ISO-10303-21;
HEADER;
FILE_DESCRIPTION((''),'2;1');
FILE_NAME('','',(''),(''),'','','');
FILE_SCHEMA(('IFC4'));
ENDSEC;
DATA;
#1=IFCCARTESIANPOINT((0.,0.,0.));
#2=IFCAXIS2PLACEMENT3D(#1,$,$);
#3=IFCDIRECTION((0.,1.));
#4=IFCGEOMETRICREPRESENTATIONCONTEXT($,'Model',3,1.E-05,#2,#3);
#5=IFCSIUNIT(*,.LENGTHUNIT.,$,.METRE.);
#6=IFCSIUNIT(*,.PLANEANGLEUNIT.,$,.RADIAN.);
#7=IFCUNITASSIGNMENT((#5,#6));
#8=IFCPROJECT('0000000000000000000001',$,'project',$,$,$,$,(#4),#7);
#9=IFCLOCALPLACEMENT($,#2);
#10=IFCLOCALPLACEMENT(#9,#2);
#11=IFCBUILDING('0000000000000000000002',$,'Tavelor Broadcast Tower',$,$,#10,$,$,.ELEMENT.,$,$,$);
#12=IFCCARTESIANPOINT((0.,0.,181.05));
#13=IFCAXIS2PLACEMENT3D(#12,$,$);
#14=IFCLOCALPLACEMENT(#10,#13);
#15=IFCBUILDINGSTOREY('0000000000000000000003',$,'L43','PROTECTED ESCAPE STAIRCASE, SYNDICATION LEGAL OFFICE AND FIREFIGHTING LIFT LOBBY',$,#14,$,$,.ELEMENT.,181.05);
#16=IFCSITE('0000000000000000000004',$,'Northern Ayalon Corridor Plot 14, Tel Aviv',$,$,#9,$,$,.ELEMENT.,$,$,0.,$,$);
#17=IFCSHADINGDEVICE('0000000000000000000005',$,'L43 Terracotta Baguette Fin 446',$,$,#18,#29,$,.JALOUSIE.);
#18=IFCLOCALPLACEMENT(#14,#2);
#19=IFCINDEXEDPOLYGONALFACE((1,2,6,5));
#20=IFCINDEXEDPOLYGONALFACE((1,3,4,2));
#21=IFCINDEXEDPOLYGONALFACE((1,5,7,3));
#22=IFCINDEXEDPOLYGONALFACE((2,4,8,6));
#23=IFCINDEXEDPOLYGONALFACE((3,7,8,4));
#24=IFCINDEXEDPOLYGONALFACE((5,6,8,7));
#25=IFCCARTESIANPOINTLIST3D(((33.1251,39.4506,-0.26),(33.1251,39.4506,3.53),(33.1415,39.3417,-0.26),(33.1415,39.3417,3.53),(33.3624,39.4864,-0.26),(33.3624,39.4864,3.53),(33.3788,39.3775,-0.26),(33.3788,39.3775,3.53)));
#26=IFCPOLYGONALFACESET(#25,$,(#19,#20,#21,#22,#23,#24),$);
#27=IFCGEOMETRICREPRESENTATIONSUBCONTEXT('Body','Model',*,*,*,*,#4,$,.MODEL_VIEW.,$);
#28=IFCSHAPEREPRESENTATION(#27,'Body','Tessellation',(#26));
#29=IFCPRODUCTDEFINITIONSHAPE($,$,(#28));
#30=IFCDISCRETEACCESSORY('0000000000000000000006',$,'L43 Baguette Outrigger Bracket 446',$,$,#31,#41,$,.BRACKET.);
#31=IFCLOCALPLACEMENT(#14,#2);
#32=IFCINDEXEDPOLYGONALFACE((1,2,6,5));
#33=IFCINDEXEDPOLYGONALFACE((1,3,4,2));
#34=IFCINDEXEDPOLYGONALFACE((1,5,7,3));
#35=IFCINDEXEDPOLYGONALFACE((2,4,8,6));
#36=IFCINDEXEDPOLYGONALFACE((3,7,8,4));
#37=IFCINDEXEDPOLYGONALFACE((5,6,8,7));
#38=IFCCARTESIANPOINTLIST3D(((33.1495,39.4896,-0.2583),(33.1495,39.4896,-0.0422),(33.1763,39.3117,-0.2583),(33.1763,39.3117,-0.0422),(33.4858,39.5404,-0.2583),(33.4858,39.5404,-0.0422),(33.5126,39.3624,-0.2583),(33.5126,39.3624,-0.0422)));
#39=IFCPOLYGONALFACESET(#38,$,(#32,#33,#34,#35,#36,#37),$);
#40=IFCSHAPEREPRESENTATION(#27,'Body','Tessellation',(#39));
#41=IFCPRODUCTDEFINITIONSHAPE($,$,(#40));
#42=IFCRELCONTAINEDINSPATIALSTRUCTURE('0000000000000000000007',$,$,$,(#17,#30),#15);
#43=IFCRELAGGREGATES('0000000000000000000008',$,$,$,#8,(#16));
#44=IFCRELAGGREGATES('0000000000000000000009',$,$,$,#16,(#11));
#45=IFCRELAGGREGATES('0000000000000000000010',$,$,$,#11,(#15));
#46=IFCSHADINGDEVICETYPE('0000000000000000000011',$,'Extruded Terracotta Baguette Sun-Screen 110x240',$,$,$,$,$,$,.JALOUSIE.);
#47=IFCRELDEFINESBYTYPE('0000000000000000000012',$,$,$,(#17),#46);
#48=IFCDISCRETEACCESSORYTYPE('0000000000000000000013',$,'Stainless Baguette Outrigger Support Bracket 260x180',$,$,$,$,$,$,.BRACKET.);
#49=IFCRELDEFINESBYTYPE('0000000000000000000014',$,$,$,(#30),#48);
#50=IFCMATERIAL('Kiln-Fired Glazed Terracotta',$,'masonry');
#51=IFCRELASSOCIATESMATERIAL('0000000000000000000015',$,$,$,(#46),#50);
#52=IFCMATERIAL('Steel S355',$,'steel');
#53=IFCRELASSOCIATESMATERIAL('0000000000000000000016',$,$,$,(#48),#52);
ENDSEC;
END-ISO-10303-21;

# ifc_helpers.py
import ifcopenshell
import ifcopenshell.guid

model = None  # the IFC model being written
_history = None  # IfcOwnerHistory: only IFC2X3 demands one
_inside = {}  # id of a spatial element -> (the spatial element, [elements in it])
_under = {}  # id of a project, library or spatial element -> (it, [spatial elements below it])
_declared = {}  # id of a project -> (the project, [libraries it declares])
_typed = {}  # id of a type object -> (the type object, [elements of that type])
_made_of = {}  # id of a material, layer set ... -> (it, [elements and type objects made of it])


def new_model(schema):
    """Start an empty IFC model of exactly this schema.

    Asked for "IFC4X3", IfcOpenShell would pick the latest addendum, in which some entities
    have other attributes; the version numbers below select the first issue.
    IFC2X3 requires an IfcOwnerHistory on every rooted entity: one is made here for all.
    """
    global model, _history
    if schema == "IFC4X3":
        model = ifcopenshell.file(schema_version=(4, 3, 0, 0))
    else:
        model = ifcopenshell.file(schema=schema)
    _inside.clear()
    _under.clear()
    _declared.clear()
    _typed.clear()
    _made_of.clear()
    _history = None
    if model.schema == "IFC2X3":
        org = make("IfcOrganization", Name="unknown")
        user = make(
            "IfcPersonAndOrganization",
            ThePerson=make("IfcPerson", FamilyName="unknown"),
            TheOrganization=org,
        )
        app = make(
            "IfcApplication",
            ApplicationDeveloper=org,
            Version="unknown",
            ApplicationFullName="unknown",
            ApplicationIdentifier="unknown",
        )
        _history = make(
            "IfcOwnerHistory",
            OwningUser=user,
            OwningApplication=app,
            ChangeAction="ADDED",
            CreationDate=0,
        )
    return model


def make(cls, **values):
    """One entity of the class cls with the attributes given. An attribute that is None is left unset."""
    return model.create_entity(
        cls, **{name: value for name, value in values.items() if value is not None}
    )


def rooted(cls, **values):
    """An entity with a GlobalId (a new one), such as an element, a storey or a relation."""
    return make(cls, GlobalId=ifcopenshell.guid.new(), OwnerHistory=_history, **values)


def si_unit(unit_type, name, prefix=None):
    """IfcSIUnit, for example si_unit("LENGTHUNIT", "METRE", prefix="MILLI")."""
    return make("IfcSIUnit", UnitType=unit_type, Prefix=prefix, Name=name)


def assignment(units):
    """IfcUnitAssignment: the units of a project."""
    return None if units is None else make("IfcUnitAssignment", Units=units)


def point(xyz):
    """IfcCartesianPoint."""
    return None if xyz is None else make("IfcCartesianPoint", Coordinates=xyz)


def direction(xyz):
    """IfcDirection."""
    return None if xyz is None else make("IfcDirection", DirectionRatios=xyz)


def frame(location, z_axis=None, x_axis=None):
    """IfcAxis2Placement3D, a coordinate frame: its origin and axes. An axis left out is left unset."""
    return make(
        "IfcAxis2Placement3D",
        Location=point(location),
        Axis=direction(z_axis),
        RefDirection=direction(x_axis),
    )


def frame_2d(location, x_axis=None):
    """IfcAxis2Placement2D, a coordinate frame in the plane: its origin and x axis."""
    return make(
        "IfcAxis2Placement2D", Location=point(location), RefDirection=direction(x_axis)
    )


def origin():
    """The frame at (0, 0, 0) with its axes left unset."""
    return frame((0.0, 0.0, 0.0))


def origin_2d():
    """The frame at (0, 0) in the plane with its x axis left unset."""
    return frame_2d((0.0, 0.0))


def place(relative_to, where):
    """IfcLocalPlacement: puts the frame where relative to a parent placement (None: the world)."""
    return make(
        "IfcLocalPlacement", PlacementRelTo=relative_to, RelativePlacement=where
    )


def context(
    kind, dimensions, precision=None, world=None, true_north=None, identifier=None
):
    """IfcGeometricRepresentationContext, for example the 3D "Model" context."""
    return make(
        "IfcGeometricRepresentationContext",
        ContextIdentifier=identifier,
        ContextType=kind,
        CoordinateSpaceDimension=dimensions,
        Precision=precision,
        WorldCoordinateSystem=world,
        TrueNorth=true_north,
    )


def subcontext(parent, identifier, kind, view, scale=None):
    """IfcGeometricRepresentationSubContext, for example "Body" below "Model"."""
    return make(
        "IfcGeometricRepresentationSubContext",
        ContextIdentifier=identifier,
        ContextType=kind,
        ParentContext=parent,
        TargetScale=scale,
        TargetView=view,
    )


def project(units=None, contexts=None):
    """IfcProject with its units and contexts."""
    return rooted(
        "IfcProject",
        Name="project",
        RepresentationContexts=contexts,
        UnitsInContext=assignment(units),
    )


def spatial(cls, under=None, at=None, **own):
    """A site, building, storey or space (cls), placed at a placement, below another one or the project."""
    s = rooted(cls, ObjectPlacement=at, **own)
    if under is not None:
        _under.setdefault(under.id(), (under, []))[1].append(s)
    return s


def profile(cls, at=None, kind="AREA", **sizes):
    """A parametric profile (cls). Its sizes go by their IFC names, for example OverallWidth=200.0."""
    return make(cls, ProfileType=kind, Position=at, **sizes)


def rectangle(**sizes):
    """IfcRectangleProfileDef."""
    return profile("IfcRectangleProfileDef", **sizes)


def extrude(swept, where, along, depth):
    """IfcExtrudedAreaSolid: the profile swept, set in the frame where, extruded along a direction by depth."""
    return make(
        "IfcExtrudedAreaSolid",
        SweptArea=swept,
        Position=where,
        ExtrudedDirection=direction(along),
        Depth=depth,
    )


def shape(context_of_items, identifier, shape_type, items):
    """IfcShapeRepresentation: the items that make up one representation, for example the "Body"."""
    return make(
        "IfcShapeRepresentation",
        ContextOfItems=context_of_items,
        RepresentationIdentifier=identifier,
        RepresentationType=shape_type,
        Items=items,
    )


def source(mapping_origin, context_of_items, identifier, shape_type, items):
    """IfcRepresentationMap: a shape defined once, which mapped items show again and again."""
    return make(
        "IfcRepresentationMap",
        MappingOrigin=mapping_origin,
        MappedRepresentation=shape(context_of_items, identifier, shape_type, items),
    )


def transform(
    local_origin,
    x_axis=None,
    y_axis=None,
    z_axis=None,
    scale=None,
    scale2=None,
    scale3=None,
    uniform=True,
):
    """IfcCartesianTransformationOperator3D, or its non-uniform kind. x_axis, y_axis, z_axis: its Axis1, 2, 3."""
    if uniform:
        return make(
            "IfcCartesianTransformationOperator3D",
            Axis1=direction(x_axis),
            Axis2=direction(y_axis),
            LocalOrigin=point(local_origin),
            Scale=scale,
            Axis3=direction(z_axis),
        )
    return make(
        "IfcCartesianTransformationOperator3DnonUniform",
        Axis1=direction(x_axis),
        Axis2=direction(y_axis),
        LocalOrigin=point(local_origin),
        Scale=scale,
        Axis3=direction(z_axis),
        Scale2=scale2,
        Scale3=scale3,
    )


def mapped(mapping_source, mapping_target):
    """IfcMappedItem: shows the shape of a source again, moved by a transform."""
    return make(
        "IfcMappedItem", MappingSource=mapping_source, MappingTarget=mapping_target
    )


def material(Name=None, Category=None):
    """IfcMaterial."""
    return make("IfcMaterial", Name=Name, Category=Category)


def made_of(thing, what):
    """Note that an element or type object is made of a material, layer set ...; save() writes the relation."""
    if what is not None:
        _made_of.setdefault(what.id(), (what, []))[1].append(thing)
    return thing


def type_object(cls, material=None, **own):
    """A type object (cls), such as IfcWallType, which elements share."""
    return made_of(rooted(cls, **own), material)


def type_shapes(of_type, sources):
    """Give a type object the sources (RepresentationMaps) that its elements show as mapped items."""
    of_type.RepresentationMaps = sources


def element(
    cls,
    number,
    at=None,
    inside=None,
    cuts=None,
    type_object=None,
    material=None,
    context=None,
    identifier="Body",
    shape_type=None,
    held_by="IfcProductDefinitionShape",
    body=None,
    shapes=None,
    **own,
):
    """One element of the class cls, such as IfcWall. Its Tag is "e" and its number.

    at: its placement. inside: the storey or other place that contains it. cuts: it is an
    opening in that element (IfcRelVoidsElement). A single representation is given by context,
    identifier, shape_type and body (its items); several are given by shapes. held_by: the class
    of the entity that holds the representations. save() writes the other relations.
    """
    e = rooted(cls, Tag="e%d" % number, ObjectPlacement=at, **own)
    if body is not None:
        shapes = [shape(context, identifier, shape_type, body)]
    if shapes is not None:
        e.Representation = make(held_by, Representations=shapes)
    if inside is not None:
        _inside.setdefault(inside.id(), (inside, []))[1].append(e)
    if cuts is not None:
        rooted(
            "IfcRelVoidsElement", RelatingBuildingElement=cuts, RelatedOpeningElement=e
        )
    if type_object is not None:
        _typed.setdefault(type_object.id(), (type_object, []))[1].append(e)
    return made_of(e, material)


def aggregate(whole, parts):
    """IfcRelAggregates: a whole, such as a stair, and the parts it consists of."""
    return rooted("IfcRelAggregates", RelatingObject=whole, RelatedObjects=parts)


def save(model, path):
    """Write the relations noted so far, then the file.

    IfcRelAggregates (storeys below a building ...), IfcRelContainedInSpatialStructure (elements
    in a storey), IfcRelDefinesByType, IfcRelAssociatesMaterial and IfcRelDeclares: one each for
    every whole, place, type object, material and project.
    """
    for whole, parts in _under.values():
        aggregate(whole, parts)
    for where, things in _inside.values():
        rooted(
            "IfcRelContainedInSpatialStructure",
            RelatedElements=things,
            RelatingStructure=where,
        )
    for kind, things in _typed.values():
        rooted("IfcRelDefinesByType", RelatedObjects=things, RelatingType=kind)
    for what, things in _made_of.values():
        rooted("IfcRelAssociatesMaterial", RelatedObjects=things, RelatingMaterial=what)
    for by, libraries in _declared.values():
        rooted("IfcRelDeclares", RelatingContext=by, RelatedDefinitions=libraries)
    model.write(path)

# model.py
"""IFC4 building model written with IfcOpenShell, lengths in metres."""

from ifc_helpers import new_model, si_unit, direction, frame, origin, origin_2d, place, context, subcontext, project, spatial, rectangle, extrude, source, transform, mapped, material, type_object, type_shapes, element, save


model = new_model("IFC4")

# Units and contexts
model_context = context("Model", 3, precision=1e-05, world=origin(), true_north=direction((0.0, 1.0)))
body_context = subcontext(model_context, "Body", "Model", "MODEL_VIEW")
ifc_project = project(units=[si_unit("LENGTHUNIT", "METRE"), si_unit("PLANEANGLEUNIT", "RADIAN")], contexts=[model_context])

# Site, building, storey
site_placement = place(None, origin())
site = spatial("IfcSite", under=ifc_project, at=site_placement, Name="Northern Ayalon Corridor Plot 14, Tel Aviv", CompositionType="ELEMENT", RefElevation=0.0)
building_placement = place(site_placement, origin())
building = spatial("IfcBuilding", under=site, at=building_placement, Name="Tavelor Broadcast Tower", CompositionType="ELEMENT")
storey_placement = place(building_placement, frame((0.0, 0.0, 181.05)))
storey = spatial("IfcBuildingStorey", under=building, at=storey_placement, Name="L43", Description="PROTECTED ESCAPE STAIRCASE, SYNDICATION LEGAL OFFICE AND FIREFIGHTING LIFT LOBBY", CompositionType="ELEMENT", Elevation=181.05)

# Shared definitions
ifc_material_1 = material(Name="Steel S355", Category="steel")

# Shading device
ifc_material_2 = material(Name="Kiln-Fired Glazed Terracotta", Category="masonry")
shading_device_type = type_object("IfcShadingDeviceType", Name="Extruded Terracotta Baguette Sun-Screen 110x240", PredefinedType="JALOUSIE", material=ifc_material_2)
shared_shape_1 = source(origin(), body_context, "Body", "SweptSolid", [
    extrude(rectangle(XDim=0.1101, YDim=0.24, at=origin_2d()), origin(), (0.0, 0.0, 1.0), 3.79),
])
type_shapes(shading_device_type, [shared_shape_1])
for number, where, z_axis, x_axis, name in (
    (1, (33.252, 39.4141, -0.26), (0.0, 0.0, 1.0), (0.14919, -0.988809, 0.0), "L43 Terracotta Baguette Fin 446"),
):
    element("IfcShadingDevice", number, at=place(storey_placement, frame(where, z_axis=z_axis, x_axis=x_axis)), inside=storey, type_object=shading_device_type, Name=name, PredefinedType="JALOUSIE", context=body_context, shape_type="MappedRepresentation", body=[
        mapped(shared_shape_1, transform((0.0, 0.0, 0.0), scale=1.0)),
    ])

# Discrete accessory
discrete_accessory_type = type_object("IfcDiscreteAccessoryType", Name="Stainless Baguette Outrigger Support Bracket 260x180", PredefinedType="BRACKET", material=ifc_material_1)
shared_shape_2 = source(origin(), body_context, "Body", "SweptSolid", [
    extrude(rectangle(XDim=0.1799, YDim=0.3401, at=origin_2d()), origin(), (0.0, 0.0, 1.0), 0.2161),
])
type_shapes(discrete_accessory_type, [shared_shape_2])
discrete_accessory_placement = place(storey_placement, frame((33.3311, 39.426, -0.2583), z_axis=(0.0, 0.0, 1.0), x_axis=(0.14919, -0.988809, 0.0)))
element("IfcDiscreteAccessory", 2, at=discrete_accessory_placement, inside=storey, type_object=discrete_accessory_type, Name="L43 Baguette Outrigger Bracket 446", PredefinedType="BRACKET", context=body_context, shape_type="MappedRepresentation", body=[
    mapped(shared_shape_2, transform((0.0, 0.0, 0.0), scale=1.0)),
])

save(model, "model.ifc")
